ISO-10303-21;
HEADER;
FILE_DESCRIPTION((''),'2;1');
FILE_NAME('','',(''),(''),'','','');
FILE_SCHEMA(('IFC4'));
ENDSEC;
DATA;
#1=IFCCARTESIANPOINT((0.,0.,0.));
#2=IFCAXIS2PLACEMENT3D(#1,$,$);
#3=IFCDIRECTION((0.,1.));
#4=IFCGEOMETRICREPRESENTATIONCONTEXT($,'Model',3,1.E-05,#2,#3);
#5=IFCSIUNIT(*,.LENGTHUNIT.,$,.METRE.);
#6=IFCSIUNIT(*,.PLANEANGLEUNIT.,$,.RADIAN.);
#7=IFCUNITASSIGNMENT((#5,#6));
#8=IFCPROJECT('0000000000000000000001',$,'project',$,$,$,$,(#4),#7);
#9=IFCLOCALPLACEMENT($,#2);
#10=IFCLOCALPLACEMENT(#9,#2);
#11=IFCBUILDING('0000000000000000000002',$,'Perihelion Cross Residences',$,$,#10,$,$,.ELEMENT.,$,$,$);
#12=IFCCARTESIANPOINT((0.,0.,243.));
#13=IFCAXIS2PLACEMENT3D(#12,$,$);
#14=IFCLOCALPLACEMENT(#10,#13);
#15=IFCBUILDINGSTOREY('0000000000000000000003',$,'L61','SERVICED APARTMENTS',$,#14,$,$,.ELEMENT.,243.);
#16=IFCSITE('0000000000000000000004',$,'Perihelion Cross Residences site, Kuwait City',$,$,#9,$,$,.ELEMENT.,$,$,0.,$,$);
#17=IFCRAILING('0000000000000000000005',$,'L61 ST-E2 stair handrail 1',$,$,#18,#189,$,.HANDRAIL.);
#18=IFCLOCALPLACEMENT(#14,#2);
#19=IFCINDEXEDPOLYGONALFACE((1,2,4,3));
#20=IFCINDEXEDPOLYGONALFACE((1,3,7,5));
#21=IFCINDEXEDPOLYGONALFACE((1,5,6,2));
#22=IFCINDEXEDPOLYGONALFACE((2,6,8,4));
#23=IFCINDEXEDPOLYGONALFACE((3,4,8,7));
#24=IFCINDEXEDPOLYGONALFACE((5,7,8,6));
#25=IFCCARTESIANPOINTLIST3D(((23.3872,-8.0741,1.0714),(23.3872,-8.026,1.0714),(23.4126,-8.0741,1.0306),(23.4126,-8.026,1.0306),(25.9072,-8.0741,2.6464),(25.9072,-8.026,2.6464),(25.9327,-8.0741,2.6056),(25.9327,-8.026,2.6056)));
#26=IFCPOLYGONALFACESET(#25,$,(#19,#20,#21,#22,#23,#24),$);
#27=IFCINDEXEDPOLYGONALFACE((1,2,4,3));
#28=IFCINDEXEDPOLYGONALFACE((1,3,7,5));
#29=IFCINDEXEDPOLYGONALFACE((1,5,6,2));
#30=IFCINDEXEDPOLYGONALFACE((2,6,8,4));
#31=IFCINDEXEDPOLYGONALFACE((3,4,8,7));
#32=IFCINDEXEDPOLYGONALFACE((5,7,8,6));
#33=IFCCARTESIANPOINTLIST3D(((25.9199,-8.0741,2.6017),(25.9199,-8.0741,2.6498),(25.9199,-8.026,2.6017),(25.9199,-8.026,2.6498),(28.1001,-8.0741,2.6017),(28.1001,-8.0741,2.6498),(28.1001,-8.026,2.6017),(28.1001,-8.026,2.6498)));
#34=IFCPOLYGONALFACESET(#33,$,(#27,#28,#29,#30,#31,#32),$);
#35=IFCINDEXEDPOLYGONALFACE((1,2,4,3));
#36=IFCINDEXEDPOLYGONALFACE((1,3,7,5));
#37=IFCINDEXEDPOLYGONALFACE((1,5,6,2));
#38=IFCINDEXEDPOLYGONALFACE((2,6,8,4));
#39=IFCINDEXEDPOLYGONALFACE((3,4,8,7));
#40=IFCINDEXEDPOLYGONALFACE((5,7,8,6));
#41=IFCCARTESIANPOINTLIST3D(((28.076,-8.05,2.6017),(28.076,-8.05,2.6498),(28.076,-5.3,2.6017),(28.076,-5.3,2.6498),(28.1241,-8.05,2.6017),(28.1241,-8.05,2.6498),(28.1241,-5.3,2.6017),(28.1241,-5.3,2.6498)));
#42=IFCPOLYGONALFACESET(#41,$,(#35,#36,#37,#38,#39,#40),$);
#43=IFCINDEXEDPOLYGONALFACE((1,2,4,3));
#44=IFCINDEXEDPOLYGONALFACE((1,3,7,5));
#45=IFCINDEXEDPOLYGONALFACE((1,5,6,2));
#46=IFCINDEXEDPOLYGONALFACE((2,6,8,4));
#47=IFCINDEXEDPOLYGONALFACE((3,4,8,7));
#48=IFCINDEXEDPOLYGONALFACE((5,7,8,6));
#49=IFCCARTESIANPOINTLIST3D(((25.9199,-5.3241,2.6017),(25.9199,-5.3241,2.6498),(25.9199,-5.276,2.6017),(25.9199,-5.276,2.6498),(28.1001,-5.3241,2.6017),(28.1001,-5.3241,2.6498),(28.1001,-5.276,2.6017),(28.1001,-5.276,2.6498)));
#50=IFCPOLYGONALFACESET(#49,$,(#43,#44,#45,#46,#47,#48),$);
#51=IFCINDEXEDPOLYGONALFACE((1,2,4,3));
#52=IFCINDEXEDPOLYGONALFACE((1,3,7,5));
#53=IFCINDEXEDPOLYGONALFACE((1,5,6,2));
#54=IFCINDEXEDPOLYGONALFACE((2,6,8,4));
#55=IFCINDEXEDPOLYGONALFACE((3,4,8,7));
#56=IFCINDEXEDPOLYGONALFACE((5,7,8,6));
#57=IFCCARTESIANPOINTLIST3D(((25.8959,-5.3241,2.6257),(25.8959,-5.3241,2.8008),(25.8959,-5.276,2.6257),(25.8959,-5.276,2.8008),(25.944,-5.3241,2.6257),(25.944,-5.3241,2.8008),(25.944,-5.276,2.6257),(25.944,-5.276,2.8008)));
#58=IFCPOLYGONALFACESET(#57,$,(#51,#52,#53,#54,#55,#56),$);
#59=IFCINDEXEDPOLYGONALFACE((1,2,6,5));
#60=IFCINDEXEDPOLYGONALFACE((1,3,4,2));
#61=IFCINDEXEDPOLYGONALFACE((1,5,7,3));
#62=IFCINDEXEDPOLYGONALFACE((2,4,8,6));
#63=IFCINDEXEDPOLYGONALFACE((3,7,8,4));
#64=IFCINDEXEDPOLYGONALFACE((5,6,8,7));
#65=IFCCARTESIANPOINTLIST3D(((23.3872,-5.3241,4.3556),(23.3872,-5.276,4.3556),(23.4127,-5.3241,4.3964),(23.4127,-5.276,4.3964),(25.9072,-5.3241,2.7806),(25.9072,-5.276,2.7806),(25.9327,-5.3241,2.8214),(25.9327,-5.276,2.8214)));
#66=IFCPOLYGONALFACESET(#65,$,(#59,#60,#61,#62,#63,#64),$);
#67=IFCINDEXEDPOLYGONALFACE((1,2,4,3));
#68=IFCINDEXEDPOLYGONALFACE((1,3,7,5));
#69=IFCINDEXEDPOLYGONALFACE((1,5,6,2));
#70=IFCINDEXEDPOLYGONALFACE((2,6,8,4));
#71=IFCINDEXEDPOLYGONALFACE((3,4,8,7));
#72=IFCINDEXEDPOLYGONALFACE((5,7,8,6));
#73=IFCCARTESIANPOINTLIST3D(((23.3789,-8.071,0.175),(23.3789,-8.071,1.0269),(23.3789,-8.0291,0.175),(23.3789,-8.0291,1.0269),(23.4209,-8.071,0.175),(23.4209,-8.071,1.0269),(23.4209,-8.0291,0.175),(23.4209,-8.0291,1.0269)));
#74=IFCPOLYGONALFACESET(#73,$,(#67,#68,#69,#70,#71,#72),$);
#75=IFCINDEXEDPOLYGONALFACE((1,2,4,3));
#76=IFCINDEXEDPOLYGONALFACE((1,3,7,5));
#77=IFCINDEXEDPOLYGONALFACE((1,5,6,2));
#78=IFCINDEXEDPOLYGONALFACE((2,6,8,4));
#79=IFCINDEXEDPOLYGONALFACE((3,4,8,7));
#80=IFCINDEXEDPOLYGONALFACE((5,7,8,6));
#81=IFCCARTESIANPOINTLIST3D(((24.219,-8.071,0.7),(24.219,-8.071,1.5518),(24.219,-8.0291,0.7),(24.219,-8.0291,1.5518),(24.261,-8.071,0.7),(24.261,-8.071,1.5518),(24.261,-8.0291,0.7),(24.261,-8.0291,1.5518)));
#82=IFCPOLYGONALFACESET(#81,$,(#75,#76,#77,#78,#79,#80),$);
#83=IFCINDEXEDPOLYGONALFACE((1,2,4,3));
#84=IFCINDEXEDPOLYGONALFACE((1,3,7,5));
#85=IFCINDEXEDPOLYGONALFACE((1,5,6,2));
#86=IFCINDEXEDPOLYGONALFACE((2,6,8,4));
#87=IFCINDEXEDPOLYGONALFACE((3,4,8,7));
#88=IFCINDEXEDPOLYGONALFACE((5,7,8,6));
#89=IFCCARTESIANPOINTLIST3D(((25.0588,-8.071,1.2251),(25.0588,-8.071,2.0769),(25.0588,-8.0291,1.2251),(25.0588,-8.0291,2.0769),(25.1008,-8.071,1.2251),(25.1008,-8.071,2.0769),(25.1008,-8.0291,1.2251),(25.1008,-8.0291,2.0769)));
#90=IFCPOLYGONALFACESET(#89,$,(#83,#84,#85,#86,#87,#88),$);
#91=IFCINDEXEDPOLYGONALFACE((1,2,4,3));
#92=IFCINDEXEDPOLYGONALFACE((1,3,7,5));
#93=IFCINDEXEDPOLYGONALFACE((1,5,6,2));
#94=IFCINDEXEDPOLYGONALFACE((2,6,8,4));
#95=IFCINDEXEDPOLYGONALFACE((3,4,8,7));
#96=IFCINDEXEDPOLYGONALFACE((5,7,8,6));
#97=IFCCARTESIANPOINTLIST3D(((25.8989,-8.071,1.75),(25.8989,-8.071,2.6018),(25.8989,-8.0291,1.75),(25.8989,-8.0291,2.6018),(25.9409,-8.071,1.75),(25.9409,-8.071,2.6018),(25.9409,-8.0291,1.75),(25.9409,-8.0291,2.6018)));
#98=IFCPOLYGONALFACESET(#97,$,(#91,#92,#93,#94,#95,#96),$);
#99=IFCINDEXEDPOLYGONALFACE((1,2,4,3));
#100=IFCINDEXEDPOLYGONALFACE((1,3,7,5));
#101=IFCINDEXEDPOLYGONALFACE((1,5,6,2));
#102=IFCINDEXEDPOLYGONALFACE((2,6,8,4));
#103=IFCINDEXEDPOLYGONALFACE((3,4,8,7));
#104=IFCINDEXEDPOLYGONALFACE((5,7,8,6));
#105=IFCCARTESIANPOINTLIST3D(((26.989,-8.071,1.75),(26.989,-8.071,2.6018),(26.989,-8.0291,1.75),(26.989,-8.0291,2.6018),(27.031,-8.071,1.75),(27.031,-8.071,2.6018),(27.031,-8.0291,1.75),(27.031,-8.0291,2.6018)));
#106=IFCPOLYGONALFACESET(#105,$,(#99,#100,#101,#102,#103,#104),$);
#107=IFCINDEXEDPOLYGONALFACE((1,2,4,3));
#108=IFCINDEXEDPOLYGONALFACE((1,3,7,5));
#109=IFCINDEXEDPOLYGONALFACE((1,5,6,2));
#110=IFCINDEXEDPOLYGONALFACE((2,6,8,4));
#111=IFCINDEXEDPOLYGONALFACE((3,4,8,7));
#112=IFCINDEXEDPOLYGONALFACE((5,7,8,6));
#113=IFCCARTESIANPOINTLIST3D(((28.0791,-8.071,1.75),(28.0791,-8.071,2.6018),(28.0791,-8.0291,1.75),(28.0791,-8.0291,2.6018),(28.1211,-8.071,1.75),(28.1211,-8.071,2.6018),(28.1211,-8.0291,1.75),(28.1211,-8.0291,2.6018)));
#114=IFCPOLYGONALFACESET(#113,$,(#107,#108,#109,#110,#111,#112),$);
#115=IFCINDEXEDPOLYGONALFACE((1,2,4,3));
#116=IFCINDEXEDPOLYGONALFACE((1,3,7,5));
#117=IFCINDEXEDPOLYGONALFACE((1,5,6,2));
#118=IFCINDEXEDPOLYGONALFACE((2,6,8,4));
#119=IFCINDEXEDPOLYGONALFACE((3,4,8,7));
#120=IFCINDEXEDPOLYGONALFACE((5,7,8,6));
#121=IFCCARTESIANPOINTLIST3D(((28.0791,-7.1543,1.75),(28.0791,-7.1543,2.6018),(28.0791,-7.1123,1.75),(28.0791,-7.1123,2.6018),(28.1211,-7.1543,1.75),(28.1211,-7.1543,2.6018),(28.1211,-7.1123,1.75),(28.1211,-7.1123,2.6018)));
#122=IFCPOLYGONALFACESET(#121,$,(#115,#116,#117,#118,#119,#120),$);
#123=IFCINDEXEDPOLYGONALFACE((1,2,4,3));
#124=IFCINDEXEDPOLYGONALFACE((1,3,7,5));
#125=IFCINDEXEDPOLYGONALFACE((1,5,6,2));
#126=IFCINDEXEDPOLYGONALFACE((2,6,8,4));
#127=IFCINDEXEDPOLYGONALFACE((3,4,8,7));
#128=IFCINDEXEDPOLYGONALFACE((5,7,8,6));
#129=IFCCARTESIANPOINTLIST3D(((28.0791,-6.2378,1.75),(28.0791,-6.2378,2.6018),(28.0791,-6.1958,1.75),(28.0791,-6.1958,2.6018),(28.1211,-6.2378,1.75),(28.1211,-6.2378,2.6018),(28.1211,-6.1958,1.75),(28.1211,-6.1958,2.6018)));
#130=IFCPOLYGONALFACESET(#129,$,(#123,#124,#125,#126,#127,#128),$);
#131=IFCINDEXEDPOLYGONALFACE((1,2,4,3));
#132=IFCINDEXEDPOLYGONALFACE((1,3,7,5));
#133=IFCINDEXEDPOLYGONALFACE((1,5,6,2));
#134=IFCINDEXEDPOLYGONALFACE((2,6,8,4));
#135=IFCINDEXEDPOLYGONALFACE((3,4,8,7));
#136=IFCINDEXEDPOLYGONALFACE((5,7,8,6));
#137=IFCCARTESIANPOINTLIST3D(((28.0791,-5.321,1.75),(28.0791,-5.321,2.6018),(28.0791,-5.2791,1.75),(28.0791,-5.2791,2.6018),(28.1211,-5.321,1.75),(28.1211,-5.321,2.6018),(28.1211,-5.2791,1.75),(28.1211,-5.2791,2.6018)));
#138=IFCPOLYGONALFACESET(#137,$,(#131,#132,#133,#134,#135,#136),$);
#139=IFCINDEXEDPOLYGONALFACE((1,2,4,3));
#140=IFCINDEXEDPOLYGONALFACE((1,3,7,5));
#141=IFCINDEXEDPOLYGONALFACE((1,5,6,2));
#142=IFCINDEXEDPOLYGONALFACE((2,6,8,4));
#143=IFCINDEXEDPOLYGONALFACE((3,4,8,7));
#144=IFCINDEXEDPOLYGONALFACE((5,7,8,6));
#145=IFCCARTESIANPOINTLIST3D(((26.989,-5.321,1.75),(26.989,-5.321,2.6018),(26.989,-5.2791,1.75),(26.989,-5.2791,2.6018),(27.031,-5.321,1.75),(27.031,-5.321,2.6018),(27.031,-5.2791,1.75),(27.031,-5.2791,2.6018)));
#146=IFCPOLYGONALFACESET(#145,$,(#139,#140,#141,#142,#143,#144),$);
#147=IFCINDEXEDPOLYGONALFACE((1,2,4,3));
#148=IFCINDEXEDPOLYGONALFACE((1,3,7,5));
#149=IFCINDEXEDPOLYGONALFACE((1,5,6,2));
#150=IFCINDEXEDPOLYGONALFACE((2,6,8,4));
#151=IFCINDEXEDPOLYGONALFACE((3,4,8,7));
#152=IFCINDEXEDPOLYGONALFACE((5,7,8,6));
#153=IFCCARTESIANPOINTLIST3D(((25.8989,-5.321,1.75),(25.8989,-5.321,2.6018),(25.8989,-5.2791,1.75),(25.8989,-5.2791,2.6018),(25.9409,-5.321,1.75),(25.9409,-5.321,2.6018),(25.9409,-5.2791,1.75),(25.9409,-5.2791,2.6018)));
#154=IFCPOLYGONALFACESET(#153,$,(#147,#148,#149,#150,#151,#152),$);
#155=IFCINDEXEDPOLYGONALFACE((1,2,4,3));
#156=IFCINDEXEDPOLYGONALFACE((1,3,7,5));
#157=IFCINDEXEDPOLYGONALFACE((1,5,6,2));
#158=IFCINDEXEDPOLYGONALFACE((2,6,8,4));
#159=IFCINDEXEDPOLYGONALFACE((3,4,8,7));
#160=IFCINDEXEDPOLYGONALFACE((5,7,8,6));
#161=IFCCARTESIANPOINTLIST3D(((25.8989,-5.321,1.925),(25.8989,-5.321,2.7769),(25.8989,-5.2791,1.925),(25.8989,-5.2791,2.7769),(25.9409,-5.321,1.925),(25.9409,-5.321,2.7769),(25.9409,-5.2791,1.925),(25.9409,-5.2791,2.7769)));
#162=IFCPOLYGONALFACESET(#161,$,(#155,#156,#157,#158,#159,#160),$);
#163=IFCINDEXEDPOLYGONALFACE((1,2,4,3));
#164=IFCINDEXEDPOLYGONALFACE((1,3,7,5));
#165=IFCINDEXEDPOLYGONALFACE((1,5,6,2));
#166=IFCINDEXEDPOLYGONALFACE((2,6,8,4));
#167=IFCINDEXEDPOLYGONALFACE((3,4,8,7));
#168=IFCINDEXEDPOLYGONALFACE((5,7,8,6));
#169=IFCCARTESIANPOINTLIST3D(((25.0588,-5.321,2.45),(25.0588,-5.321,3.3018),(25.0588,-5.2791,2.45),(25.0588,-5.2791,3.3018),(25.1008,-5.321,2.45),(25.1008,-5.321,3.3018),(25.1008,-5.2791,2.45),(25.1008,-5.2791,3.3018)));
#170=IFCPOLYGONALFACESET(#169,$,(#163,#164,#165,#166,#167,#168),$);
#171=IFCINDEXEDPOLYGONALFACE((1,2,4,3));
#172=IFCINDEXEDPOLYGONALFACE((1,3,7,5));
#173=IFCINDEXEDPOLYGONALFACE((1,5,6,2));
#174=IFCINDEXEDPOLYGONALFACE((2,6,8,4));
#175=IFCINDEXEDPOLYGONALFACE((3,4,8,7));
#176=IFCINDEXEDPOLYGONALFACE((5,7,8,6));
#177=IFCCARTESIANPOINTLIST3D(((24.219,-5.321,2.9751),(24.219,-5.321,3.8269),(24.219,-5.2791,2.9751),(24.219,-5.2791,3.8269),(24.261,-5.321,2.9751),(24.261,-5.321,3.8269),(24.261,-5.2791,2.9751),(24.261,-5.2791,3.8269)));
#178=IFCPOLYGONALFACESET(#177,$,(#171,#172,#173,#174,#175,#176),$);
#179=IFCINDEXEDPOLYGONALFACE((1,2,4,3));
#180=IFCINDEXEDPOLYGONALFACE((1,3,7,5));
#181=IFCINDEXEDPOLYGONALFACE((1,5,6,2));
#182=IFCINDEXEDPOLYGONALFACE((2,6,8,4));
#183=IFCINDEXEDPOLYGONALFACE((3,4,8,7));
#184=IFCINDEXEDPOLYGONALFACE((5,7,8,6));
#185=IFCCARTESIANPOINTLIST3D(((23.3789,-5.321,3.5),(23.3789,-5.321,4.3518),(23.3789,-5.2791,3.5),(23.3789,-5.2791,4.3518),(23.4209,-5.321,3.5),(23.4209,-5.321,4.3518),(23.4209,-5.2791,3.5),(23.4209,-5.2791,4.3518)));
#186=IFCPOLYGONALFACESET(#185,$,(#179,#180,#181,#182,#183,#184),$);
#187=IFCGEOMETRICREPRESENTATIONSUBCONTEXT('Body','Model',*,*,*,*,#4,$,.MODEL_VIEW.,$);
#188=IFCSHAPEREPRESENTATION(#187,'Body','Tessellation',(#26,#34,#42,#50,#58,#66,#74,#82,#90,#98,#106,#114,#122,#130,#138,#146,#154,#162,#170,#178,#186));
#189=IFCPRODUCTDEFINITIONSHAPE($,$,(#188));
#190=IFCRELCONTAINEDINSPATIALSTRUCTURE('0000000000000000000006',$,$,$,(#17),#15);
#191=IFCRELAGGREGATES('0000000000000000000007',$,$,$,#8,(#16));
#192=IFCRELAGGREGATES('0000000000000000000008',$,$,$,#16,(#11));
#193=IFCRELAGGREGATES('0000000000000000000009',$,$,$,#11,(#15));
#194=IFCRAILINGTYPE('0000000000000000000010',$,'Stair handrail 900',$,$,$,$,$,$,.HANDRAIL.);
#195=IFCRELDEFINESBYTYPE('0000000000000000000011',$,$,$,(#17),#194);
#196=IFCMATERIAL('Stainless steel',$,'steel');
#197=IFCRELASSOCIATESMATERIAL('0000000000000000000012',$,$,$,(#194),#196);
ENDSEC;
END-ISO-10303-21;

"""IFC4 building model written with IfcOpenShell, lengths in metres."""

from ifc_helpers import new_model, si_unit, direction, frame, origin, origin_2d, place, context, subcontext, project, spatial, rectangle, extrude, material, type_object, element, save


model = new_model("IFC4")

# Units and contexts
model_context = context("Model", 3, precision=1e-05, world=origin(), true_north=direction((0.0, 1.0)))
body_context = subcontext(model_context, "Body", "Model", "MODEL_VIEW")
ifc_project = project(units=[si_unit("LENGTHUNIT", "METRE"), si_unit("PLANEANGLEUNIT", "RADIAN")], contexts=[model_context])

# Site, building, storey
site_placement = place(None, origin())
site = spatial("IfcSite", under=ifc_project, at=site_placement, Name="Perihelion Cross Residences site, Kuwait City", CompositionType="ELEMENT", RefElevation=0.0)
building_placement = place(site_placement, origin())
building = spatial("IfcBuilding", under=site, at=building_placement, Name="Perihelion Cross Residences", CompositionType="ELEMENT")
storey_placement = place(building_placement, frame((0.0, 0.0, 243.0)))
storey = spatial("IfcBuildingStorey", under=building, at=storey_placement, Name="L61", Description="SERVICED APARTMENTS", CompositionType="ELEMENT", Elevation=243.0)

# Railing
ifc_material_1 = material(Name="Stainless steel", Category="steel")
railing_type_1 = type_object("IfcRailingType", Name="Stair handrail 900", PredefinedType="HANDRAIL", material=ifc_material_1)
railing_1_placement = place(storey_placement, frame((23.3999, -8.05, 0.175)))
element("IfcRailing", 1, at=railing_1_placement, inside=storey, type_object=railing_type_1, Name="L61 ST-E2 stair handrail 1", PredefinedType="HANDRAIL", context=body_context, shape_type="SweptSolid", body=[
    extrude(rectangle(XDim=0.0481, YDim=0.0481, at=origin_2d()), frame((0.0, 0.0, 0.876), z_axis=(0.848008, 0.0, 0.529984), x_axis=(0.0, 1.0, 0.0)), (0.0, 0.0, 1.0), 2.9717),
    extrude(rectangle(XDim=0.0481, YDim=0.0481, at=origin_2d()), frame((2.52, 0.0, 2.4507), z_axis=(1.0, 0.0, 0.0), x_axis=(0.0, 1.0, 0.0)), (0.0, 0.0, 1.0), 2.1802),
    extrude(rectangle(XDim=0.0481, YDim=0.0481, at=origin_2d()), frame((4.7002, 0.0, 2.4507), z_axis=(0.0, 1.0, 0.0), x_axis=(-1.0, 0.0, 0.0)), (0.0, 0.0, 1.0), 2.75),
    extrude(rectangle(XDim=0.0481, YDim=0.0481, at=origin_2d()), frame((4.7002, 2.75, 2.4507), z_axis=(-1.0, 0.0, 0.0), x_axis=(0.0, -1.0, 0.0)), (0.0, 0.0, 1.0), 2.1802),
    extrude(rectangle(XDim=0.0481, YDim=0.0481, at=origin_2d()), frame((2.52, 2.75, 2.4507), z_axis=(0.0, 0.0, 1.0), x_axis=(1.0, 0.0, 0.0)), (0.0, 0.0, 1.0), 0.175),
    extrude(rectangle(XDim=0.0481, YDim=0.0481, at=origin_2d()), frame((2.52, 2.75, 2.626), z_axis=(-0.848008, 0.0, 0.529984), x_axis=(0.0, -1.0, 0.0)), (0.0, 0.0, 1.0), 2.9717),
    extrude(rectangle(XDim=0.042, YDim=0.042, at=origin_2d()), origin(), (0.0, 0.0, 1.0), 0.8518),
    extrude(rectangle(XDim=0.042, YDim=0.042, at=origin_2d()), frame((0.8401, 0.0, 0.5249)), (0.0, 0.0, 1.0), 0.8518),
    extrude(rectangle(XDim=0.042, YDim=0.042, at=origin_2d()), frame((1.6799, 0.0, 1.05)), (0.0, 0.0, 1.0), 0.8518),
    extrude(rectangle(XDim=0.042, YDim=0.042, at=origin_2d()), frame((2.52, 0.0, 1.575)), (0.0, 0.0, 1.0), 0.8518),
    extrude(rectangle(XDim=0.042, YDim=0.042, at=origin_2d()), frame((3.6101, 0.0, 1.575)), (0.0, 0.0, 1.0), 0.8518),
    extrude(rectangle(XDim=0.042, YDim=0.042, at=origin_2d()), frame((4.7002, 0.0, 1.575)), (0.0, 0.0, 1.0), 0.8518),
    extrude(rectangle(XDim=0.042, YDim=0.042, at=origin_2d()), frame((4.7002, 0.9167, 1.575)), (0.0, 0.0, 1.0), 0.8518),
    extrude(rectangle(XDim=0.042, YDim=0.042, at=origin_2d()), frame((4.7002, 1.8333, 1.575)), (0.0, 0.0, 1.0), 0.8518),
    extrude(rectangle(XDim=0.042, YDim=0.042, at=origin_2d()), frame((4.7002, 2.75, 1.575)), (0.0, 0.0, 1.0), 0.8518),
    extrude(rectangle(XDim=0.042, YDim=0.042, at=origin_2d()), frame((3.6101, 2.75, 1.575)), (0.0, 0.0, 1.0), 0.8518),
    extrude(rectangle(XDim=0.042, YDim=0.042, at=origin_2d()), frame((2.52, 2.75, 1.575)), (0.0, 0.0, 1.0), 0.8518),
    extrude(rectangle(XDim=0.042, YDim=0.042, at=origin_2d()), frame((2.52, 2.75, 1.75)), (0.0, 0.0, 1.0), 0.8518),
    extrude(rectangle(XDim=0.042, YDim=0.042, at=origin_2d()), frame((1.6799, 2.75, 2.2749)), (0.0, 0.0, 1.0), 0.8518),
    extrude(rectangle(XDim=0.042, YDim=0.042, at=origin_2d()), frame((0.8401, 2.75, 2.8)), (0.0, 0.0, 1.0), 0.8518),
    extrude(rectangle(XDim=0.042, YDim=0.042, at=origin_2d()), frame((0.0, 2.75, 3.325)), (0.0, 0.0, 1.0), 0.8518),
])

save(model, "model.ifc")
